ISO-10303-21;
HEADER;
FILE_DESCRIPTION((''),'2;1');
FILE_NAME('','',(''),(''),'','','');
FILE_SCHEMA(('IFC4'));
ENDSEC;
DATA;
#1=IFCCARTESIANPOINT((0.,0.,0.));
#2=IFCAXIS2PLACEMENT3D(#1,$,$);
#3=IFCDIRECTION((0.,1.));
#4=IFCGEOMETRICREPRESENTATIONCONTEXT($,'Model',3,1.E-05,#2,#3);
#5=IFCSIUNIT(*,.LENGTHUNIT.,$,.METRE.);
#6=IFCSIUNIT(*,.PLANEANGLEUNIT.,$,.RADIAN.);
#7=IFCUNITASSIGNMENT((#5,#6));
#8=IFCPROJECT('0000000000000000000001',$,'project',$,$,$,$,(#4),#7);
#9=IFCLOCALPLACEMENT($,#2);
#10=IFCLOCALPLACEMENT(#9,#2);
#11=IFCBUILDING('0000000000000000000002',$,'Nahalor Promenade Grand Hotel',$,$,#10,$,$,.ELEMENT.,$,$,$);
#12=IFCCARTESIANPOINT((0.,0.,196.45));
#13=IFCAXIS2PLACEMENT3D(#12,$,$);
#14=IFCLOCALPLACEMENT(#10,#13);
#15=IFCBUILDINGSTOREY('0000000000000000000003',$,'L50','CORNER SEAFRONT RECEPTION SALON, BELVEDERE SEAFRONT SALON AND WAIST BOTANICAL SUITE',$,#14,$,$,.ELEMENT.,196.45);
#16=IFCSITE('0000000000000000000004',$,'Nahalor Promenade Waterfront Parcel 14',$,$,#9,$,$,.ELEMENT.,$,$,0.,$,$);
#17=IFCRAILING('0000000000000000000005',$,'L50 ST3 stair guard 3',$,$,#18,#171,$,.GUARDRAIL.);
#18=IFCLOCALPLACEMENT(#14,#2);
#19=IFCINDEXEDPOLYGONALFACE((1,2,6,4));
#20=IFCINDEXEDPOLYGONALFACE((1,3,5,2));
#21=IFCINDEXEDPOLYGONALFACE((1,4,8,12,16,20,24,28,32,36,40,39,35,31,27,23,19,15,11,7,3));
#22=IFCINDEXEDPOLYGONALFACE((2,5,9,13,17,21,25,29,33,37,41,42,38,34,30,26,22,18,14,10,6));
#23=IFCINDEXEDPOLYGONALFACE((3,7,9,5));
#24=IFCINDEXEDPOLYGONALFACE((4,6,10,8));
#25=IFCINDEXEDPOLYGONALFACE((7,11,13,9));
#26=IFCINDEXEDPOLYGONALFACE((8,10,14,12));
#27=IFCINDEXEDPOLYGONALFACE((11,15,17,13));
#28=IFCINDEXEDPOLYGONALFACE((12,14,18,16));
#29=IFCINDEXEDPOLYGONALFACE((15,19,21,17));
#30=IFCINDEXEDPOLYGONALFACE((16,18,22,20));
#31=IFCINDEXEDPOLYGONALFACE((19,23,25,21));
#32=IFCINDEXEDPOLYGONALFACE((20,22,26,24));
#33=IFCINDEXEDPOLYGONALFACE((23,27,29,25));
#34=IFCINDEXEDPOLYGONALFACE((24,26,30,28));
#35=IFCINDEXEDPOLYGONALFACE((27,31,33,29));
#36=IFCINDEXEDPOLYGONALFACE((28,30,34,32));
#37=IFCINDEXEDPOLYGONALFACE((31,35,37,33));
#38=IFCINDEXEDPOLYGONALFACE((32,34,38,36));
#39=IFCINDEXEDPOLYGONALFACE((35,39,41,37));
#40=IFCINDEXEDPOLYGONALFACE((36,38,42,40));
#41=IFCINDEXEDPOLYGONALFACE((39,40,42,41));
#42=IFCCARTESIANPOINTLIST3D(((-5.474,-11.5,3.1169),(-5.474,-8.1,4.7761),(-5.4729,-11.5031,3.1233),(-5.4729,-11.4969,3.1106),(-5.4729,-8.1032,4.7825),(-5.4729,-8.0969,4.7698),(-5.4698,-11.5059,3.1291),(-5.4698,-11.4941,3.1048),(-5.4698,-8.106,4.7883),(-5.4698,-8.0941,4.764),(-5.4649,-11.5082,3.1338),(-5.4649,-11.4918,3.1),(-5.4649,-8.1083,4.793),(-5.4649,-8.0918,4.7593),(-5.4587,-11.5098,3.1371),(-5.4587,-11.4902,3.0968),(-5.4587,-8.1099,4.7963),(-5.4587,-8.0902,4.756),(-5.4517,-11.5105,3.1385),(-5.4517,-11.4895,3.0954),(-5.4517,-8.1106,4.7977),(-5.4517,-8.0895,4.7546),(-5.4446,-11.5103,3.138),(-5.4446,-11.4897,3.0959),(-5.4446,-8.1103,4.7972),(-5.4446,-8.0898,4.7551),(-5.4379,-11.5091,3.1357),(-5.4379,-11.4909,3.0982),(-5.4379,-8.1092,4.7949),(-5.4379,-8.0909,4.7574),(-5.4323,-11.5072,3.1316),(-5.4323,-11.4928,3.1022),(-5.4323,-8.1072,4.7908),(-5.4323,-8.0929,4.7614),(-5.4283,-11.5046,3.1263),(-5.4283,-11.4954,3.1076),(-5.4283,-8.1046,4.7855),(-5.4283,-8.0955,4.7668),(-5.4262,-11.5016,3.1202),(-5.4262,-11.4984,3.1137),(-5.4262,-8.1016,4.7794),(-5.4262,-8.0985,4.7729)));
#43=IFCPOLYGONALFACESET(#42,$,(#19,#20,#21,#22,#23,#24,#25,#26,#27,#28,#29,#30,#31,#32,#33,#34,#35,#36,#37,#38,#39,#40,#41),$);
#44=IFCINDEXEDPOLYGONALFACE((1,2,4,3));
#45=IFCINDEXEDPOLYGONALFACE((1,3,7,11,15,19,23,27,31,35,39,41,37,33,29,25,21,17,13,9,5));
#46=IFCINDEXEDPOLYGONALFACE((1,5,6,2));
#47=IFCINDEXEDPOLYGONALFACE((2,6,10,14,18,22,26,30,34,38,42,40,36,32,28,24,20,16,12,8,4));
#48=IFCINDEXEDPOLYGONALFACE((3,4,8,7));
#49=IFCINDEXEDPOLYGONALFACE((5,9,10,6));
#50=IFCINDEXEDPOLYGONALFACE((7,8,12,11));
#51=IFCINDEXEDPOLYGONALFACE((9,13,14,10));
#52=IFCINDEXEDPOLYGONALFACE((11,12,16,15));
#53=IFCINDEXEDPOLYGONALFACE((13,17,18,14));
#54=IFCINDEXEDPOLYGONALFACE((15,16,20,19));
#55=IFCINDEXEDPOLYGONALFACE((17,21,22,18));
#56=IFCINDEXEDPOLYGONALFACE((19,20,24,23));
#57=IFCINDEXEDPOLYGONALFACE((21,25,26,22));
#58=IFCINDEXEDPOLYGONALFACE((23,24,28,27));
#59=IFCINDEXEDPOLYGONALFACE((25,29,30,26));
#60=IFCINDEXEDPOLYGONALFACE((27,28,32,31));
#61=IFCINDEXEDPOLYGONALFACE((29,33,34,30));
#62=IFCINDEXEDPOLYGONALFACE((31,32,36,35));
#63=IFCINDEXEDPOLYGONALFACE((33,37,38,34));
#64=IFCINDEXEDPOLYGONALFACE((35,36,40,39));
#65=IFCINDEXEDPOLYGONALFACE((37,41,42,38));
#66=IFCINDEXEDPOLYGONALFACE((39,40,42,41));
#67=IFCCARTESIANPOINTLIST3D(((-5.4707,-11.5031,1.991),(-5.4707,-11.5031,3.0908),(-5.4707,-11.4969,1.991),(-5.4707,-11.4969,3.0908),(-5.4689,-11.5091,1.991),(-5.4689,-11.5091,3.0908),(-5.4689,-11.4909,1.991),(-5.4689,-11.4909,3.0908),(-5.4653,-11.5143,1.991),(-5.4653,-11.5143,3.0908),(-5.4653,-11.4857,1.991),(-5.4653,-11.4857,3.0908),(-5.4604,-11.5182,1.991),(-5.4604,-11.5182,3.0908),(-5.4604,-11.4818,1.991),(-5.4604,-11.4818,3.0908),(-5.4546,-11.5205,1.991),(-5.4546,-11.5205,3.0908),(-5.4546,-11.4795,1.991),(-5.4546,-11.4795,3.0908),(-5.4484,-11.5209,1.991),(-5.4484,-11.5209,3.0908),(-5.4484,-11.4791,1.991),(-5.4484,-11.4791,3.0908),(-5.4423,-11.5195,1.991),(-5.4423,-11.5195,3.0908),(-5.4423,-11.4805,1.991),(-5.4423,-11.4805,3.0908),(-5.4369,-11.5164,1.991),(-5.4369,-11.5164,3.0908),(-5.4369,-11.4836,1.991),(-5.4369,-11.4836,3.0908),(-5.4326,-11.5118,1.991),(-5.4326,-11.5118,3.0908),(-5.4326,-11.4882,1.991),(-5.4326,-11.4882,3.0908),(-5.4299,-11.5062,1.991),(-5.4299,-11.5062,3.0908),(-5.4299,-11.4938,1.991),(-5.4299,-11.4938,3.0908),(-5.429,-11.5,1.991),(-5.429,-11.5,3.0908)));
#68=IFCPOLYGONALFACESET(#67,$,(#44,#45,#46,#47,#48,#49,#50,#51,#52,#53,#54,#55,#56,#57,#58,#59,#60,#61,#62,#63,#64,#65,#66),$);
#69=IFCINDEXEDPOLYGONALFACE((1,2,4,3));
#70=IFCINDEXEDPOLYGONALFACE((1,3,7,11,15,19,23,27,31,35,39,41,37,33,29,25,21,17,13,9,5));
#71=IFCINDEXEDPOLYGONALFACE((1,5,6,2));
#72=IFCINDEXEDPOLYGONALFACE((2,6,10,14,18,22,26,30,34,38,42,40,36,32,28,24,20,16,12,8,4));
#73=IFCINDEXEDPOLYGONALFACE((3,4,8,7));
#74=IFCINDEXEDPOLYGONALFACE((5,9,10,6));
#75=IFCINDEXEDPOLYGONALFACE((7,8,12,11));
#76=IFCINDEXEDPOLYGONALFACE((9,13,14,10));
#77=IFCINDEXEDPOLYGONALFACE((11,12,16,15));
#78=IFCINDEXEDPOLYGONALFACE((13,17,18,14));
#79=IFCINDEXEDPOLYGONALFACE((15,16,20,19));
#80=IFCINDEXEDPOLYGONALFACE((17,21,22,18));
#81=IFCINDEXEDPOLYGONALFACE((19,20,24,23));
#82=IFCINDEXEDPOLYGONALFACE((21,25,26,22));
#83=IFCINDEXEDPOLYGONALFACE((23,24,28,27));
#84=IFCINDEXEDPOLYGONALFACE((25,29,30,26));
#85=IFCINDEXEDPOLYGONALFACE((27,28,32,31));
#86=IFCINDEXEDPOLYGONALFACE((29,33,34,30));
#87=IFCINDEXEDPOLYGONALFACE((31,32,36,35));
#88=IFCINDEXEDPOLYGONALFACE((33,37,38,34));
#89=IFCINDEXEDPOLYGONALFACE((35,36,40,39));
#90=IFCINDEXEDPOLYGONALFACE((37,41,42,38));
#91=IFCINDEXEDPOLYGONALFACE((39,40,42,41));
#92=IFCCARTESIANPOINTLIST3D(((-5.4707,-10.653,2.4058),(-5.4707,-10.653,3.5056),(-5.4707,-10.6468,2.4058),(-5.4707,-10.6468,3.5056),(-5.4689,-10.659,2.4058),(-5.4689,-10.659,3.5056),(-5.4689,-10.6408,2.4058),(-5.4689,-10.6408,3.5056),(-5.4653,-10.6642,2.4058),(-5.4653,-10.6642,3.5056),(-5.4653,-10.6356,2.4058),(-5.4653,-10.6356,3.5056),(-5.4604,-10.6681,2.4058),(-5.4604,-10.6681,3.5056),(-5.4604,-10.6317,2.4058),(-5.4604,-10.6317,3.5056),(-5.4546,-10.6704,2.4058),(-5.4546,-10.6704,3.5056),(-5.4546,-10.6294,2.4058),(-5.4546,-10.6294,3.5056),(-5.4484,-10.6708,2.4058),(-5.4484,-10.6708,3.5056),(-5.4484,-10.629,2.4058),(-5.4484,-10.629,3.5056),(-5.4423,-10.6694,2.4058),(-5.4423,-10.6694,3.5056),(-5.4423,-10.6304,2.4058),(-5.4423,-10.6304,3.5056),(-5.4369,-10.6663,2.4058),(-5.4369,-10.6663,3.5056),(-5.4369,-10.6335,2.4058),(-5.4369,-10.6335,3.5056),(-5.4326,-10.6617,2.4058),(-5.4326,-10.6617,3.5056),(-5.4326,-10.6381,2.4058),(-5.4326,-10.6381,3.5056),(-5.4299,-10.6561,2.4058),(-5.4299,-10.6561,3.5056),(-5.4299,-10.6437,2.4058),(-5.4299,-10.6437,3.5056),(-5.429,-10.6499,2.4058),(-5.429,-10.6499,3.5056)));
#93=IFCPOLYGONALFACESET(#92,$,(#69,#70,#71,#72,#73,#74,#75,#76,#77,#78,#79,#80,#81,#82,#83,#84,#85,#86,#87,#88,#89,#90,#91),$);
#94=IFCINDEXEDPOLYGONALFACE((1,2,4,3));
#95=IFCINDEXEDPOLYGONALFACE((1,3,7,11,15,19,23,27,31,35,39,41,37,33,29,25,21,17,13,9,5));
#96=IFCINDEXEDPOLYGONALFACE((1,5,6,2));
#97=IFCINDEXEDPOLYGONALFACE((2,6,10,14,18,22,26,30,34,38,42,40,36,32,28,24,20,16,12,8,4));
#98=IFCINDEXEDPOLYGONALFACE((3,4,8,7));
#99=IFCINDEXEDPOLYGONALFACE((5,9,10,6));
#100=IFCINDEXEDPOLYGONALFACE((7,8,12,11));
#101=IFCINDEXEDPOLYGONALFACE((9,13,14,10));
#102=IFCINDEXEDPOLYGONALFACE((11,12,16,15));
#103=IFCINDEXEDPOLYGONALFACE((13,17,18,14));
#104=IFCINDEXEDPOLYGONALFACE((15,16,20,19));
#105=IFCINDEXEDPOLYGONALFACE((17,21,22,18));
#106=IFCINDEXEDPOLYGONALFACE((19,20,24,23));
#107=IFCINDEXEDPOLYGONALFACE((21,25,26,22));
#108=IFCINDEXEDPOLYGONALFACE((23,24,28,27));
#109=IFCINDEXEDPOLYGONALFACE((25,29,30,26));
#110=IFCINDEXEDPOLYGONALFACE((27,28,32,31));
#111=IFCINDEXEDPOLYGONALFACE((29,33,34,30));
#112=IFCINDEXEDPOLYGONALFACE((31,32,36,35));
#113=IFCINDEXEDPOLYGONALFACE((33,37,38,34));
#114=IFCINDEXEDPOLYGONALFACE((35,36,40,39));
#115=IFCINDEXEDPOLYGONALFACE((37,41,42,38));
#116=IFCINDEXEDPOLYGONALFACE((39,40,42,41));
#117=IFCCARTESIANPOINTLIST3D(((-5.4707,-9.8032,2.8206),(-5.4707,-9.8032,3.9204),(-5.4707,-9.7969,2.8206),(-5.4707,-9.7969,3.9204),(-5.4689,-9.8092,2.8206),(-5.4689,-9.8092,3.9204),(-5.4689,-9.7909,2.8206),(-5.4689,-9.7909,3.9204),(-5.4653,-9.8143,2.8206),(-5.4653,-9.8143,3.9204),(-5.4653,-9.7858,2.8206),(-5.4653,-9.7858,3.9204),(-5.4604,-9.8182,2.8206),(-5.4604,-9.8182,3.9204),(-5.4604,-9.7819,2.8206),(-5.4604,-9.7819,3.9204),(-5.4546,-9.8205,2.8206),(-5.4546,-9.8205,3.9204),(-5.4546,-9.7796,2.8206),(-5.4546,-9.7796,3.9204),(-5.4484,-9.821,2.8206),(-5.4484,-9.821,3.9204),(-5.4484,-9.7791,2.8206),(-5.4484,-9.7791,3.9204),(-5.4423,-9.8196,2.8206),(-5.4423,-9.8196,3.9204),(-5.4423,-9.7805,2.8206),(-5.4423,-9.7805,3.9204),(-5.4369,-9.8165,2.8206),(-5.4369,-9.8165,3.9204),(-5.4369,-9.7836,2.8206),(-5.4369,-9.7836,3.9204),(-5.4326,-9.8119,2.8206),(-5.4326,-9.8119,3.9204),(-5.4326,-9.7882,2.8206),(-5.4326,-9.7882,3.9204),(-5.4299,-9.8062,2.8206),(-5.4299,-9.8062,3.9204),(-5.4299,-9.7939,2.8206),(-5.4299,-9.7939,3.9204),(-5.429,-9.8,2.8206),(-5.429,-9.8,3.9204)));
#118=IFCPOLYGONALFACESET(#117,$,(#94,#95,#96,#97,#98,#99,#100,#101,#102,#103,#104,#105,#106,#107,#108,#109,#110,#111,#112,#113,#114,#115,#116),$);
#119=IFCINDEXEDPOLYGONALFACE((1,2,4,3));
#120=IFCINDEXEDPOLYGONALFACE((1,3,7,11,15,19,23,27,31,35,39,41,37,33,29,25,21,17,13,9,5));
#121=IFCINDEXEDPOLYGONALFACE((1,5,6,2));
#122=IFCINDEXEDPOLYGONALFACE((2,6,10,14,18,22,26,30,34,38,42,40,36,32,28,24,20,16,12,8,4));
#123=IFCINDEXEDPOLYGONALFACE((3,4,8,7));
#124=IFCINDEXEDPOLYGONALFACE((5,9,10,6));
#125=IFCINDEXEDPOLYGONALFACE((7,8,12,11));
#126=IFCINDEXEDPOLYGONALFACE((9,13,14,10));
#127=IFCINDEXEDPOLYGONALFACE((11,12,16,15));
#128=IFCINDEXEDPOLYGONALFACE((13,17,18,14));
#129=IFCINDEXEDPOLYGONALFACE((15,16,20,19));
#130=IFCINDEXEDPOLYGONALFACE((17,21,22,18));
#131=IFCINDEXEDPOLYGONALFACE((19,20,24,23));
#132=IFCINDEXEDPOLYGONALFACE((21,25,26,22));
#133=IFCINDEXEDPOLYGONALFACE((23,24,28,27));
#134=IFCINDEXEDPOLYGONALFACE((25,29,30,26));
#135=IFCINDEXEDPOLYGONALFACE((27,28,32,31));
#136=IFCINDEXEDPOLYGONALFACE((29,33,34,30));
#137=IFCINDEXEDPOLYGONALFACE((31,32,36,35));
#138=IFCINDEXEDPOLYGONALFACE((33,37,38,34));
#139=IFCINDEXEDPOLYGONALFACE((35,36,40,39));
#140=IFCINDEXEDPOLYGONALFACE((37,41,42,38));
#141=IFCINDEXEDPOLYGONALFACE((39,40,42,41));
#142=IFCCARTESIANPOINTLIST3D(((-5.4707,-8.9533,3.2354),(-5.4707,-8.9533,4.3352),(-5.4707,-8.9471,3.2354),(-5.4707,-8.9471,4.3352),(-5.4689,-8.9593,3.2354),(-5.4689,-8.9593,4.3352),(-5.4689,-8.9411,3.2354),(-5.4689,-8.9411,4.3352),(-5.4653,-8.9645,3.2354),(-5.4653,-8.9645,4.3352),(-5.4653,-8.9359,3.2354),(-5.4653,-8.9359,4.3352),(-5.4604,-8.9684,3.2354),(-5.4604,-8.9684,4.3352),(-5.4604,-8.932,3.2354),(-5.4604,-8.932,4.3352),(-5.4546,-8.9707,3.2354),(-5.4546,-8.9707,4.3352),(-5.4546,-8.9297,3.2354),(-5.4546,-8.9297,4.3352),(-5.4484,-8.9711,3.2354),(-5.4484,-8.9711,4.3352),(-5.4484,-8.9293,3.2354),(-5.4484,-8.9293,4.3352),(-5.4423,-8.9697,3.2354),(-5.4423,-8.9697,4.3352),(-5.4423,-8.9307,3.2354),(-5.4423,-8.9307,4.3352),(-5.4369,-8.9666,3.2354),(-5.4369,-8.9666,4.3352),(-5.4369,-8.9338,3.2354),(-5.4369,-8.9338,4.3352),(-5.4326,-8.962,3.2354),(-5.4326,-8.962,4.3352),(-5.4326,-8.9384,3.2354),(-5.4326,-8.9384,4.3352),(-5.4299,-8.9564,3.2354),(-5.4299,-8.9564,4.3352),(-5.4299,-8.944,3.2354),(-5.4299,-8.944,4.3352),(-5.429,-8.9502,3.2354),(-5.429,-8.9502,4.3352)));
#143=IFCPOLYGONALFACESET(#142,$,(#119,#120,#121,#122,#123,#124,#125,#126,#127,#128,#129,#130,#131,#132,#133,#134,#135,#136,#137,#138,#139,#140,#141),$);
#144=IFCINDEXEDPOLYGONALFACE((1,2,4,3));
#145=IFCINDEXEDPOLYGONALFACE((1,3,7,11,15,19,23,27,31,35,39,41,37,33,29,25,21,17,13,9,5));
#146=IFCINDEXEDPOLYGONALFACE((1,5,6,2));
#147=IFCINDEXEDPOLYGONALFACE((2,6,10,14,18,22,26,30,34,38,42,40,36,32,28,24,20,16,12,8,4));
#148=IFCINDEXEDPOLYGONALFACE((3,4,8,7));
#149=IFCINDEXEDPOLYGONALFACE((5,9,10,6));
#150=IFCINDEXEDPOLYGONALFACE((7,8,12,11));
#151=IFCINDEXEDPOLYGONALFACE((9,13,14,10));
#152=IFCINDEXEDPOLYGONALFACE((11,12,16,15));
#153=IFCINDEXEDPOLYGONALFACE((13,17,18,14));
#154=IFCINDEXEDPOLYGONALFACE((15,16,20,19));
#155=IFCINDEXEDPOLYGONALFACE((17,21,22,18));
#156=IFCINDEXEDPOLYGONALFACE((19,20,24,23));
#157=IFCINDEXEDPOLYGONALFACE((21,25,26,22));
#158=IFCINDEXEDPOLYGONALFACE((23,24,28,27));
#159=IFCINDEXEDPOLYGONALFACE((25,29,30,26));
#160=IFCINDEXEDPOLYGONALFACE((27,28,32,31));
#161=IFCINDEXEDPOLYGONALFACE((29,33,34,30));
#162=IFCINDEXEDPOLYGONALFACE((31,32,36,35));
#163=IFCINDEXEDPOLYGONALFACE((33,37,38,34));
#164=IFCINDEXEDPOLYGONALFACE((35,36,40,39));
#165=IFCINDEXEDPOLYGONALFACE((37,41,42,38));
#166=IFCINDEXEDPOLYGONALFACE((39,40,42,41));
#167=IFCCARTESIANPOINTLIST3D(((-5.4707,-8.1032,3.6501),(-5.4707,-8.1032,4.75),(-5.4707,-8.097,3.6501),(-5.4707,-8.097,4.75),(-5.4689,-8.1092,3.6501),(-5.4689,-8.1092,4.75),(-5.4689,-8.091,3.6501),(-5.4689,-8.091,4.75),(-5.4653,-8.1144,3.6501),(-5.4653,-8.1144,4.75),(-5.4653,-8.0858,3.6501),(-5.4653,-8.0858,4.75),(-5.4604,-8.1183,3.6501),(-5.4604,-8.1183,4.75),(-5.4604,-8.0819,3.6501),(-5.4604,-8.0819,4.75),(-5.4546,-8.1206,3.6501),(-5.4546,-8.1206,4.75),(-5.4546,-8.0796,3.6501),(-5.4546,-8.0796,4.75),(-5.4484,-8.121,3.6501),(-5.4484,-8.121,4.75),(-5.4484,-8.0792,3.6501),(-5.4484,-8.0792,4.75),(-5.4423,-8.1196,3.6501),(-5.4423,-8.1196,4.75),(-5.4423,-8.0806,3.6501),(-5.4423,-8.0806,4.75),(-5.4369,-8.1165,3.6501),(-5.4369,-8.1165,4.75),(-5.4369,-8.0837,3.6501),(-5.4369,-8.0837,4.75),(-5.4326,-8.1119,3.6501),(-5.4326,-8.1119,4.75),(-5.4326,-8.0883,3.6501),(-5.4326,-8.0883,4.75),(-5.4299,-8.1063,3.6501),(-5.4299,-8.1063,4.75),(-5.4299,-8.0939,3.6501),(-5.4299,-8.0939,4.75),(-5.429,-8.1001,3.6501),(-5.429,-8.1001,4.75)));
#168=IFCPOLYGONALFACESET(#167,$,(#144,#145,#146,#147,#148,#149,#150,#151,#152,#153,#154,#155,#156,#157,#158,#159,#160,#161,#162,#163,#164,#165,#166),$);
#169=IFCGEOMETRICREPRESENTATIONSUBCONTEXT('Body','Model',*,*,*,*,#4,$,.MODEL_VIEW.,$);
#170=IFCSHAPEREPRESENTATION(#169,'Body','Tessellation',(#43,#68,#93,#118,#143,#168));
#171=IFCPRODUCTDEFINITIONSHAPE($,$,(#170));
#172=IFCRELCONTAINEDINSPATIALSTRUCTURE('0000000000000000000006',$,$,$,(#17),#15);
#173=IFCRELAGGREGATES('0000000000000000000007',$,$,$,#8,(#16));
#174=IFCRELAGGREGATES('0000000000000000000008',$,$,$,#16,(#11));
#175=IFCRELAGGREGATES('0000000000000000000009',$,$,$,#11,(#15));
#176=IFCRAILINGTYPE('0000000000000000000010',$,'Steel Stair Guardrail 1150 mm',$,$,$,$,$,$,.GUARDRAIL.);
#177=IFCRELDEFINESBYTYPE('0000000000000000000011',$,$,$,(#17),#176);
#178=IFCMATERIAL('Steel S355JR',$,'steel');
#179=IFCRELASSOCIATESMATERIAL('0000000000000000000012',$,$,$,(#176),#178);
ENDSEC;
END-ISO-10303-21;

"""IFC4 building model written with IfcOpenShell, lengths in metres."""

from ifc_helpers import new_model, si_unit, direction, frame, origin, origin_2d, place, context, subcontext, project, spatial, circle, extrude, material, type_object, element, save


model = new_model("IFC4")

# Units and contexts
model_context = context("Model", 3, precision=1e-05, world=origin(), true_north=direction((0.0, 1.0)))
body_context = subcontext(model_context, "Body", "Model", "MODEL_VIEW")
ifc_project = project(units=[si_unit("LENGTHUNIT", "METRE"), si_unit("PLANEANGLEUNIT", "RADIAN")], contexts=[model_context])

# Site, building, storey
site_placement = place(None, origin())
site = spatial("IfcSite", under=ifc_project, at=site_placement, Name="Nahalor Promenade Waterfront Parcel 14", CompositionType="ELEMENT", RefElevation=0.0)
building_placement = place(site_placement, origin())
building = spatial("IfcBuilding", under=site, at=building_placement, Name="Nahalor Promenade Grand Hotel", CompositionType="ELEMENT")
storey_placement = place(building_placement, frame((0.0, 0.0, 196.45)))
storey = spatial("IfcBuildingStorey", under=building, at=storey_placement, Name="L50", Description="CORNER SEAFRONT RECEPTION SALON, BELVEDERE SEAFRONT SALON AND WAIST BOTANICAL SUITE", CompositionType="ELEMENT", Elevation=196.45)

# Shared definitions
ifc_material_1 = material(Name="Steel S355JR", Category="steel")

# Railing
railing_type_1 = type_object("IfcRailingType", Name="Steel Stair Guardrail 1150 mm", PredefinedType="GUARDRAIL", material=ifc_material_1)
railing_1_placement = place(storey_placement, frame((-5.45, -11.5, 1.991)))
element("IfcRailing", 1, at=railing_1_placement, inside=storey, type_object=railing_type_1, Name="L50 ST3 stair guard 3", PredefinedType="GUARDRAIL", context=body_context, shape_type="SweptSolid", body=[
    extrude(circle(Radius=0.024, at=origin_2d()), frame((0.0, 0.0, 1.126), z_axis=(0.0, 0.898696, 0.438571), x_axis=(-1.0, 0.0, 0.0)), (0.0, 0.0, 1.0), 3.7832),
    extrude(circle(Radius=0.021, at=origin_2d()), origin(), (0.0, 0.0, 1.0), 1.0999),
    extrude(circle(Radius=0.021, at=origin_2d()), frame((0.0, 0.8501, 0.4148)), (0.0, 0.0, 1.0), 1.0999),
    extrude(circle(Radius=0.021, at=origin_2d()), frame((0.0, 1.7, 0.8296)), (0.0, 0.0, 1.0), 1.0999),
    extrude(circle(Radius=0.021, at=origin_2d()), frame((0.0, 2.5498, 1.2444)), (0.0, 0.0, 1.0), 1.0999),
    extrude(circle(Radius=0.021, at=origin_2d()), frame((0.0, 3.3999, 1.6592)), (0.0, 0.0, 1.0), 1.0999),
])

save(model, "model.ifc")
